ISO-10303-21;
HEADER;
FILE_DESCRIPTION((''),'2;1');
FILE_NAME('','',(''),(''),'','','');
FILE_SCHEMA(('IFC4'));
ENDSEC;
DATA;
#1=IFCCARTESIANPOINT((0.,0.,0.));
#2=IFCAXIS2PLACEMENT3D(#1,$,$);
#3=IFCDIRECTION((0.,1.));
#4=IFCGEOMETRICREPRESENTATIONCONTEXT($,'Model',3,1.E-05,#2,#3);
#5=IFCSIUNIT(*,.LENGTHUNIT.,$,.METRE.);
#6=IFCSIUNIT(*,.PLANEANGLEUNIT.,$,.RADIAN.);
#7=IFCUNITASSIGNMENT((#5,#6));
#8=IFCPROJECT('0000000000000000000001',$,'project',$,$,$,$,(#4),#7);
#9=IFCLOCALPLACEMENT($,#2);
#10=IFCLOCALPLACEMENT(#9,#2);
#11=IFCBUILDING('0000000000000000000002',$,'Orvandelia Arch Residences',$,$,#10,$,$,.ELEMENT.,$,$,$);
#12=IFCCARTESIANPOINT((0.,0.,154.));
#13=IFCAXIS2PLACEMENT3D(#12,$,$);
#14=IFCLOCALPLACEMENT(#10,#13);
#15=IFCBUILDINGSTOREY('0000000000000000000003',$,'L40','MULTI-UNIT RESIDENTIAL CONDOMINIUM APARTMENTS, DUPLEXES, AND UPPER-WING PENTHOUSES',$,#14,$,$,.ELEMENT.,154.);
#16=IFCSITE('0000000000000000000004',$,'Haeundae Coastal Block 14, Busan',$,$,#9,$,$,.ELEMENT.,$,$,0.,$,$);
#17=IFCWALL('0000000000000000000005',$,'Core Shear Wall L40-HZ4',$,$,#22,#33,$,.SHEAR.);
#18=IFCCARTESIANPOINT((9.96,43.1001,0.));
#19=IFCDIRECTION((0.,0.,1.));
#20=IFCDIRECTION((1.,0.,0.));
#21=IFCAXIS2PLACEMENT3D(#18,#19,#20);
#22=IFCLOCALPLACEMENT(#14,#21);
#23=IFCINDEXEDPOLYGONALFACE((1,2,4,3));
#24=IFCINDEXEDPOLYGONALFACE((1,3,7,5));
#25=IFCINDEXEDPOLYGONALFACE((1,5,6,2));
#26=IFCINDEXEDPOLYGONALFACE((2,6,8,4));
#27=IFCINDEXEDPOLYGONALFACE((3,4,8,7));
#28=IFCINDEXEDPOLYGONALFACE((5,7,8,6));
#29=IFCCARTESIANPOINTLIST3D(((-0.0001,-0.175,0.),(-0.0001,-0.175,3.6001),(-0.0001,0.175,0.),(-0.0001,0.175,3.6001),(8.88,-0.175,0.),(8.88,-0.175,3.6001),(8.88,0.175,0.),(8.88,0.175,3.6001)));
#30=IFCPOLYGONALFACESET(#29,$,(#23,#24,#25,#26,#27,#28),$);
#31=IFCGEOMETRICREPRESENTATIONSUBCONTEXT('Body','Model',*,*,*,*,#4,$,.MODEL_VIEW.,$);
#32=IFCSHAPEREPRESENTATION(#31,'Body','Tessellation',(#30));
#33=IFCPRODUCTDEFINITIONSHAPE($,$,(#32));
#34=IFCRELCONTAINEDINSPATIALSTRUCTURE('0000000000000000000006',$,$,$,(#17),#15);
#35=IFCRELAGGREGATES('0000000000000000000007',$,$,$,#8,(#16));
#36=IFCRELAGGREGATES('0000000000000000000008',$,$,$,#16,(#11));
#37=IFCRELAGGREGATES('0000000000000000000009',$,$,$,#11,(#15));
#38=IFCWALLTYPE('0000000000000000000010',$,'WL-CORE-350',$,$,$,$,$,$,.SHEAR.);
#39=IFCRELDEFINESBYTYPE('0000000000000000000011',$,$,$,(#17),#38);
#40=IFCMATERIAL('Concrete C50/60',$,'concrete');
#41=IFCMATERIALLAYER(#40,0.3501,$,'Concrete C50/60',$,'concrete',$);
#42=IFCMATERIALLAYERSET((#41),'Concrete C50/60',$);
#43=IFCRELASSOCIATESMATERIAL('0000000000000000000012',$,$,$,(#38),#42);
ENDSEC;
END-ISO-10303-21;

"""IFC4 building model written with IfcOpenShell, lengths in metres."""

from ifc_helpers import new_model, si_unit, direction, frame, frame_2d, origin, place, context, subcontext, project, spatial, rectangle, extrude, material, layer, layer_set, type_object, element, save


model = new_model("IFC4")

# Units and contexts
model_context = context("Model", 3, precision=1e-05, world=origin(), true_north=direction((0.0, 1.0)))
body_context = subcontext(model_context, "Body", "Model", "MODEL_VIEW")
ifc_project = project(units=[si_unit("LENGTHUNIT", "METRE"), si_unit("PLANEANGLEUNIT", "RADIAN")], contexts=[model_context])

# Site, building, storey
site_placement = place(None, origin())
site = spatial("IfcSite", under=ifc_project, at=site_placement, Name="Haeundae Coastal Block 14, Busan", CompositionType="ELEMENT", RefElevation=0.0)
building_placement = place(site_placement, origin())
building = spatial("IfcBuilding", under=site, at=building_placement, Name="Orvandelia Arch Residences", CompositionType="ELEMENT")
storey_placement = place(building_placement, frame((0.0, 0.0, 154.0)))
storey = spatial("IfcBuildingStorey", under=building, at=storey_placement, Name="L40", Description="MULTI-UNIT RESIDENTIAL CONDOMINIUM APARTMENTS, DUPLEXES, AND UPPER-WING PENTHOUSES", CompositionType="ELEMENT", Elevation=154.0)

# Wall
ifc_material_1 = material(Name="Concrete C50/60", Category="concrete")
ifc_layer_1 = layer(ifc_material_1, 0.3501, Name="Concrete C50/60", Category="concrete")
ifc_layer_set_1 = layer_set([ifc_layer_1], Name="Concrete C50/60")
wall_type_1 = type_object("IfcWallType", Name="WL-CORE-350", PredefinedType="SHEAR", material=ifc_layer_set_1)
wall_1_placement = place(storey_placement, frame((9.96, 43.1001, 0.0), z_axis=(0.0, 0.0, 1.0), x_axis=(1.0, 0.0, 0.0)))
element("IfcWall", 1, at=wall_1_placement, inside=storey, type_object=wall_type_1, Name="Core Shear Wall L40-HZ4", PredefinedType="SHEAR", context=body_context, shape_type="SweptSolid", body=[
    extrude(rectangle(XDim=8.8801, YDim=0.3501, at=frame_2d((4.4399, 0.0))), origin(), (0.0, 0.0, 1.0), 3.6001),
])

save(model, "model.ifc")
